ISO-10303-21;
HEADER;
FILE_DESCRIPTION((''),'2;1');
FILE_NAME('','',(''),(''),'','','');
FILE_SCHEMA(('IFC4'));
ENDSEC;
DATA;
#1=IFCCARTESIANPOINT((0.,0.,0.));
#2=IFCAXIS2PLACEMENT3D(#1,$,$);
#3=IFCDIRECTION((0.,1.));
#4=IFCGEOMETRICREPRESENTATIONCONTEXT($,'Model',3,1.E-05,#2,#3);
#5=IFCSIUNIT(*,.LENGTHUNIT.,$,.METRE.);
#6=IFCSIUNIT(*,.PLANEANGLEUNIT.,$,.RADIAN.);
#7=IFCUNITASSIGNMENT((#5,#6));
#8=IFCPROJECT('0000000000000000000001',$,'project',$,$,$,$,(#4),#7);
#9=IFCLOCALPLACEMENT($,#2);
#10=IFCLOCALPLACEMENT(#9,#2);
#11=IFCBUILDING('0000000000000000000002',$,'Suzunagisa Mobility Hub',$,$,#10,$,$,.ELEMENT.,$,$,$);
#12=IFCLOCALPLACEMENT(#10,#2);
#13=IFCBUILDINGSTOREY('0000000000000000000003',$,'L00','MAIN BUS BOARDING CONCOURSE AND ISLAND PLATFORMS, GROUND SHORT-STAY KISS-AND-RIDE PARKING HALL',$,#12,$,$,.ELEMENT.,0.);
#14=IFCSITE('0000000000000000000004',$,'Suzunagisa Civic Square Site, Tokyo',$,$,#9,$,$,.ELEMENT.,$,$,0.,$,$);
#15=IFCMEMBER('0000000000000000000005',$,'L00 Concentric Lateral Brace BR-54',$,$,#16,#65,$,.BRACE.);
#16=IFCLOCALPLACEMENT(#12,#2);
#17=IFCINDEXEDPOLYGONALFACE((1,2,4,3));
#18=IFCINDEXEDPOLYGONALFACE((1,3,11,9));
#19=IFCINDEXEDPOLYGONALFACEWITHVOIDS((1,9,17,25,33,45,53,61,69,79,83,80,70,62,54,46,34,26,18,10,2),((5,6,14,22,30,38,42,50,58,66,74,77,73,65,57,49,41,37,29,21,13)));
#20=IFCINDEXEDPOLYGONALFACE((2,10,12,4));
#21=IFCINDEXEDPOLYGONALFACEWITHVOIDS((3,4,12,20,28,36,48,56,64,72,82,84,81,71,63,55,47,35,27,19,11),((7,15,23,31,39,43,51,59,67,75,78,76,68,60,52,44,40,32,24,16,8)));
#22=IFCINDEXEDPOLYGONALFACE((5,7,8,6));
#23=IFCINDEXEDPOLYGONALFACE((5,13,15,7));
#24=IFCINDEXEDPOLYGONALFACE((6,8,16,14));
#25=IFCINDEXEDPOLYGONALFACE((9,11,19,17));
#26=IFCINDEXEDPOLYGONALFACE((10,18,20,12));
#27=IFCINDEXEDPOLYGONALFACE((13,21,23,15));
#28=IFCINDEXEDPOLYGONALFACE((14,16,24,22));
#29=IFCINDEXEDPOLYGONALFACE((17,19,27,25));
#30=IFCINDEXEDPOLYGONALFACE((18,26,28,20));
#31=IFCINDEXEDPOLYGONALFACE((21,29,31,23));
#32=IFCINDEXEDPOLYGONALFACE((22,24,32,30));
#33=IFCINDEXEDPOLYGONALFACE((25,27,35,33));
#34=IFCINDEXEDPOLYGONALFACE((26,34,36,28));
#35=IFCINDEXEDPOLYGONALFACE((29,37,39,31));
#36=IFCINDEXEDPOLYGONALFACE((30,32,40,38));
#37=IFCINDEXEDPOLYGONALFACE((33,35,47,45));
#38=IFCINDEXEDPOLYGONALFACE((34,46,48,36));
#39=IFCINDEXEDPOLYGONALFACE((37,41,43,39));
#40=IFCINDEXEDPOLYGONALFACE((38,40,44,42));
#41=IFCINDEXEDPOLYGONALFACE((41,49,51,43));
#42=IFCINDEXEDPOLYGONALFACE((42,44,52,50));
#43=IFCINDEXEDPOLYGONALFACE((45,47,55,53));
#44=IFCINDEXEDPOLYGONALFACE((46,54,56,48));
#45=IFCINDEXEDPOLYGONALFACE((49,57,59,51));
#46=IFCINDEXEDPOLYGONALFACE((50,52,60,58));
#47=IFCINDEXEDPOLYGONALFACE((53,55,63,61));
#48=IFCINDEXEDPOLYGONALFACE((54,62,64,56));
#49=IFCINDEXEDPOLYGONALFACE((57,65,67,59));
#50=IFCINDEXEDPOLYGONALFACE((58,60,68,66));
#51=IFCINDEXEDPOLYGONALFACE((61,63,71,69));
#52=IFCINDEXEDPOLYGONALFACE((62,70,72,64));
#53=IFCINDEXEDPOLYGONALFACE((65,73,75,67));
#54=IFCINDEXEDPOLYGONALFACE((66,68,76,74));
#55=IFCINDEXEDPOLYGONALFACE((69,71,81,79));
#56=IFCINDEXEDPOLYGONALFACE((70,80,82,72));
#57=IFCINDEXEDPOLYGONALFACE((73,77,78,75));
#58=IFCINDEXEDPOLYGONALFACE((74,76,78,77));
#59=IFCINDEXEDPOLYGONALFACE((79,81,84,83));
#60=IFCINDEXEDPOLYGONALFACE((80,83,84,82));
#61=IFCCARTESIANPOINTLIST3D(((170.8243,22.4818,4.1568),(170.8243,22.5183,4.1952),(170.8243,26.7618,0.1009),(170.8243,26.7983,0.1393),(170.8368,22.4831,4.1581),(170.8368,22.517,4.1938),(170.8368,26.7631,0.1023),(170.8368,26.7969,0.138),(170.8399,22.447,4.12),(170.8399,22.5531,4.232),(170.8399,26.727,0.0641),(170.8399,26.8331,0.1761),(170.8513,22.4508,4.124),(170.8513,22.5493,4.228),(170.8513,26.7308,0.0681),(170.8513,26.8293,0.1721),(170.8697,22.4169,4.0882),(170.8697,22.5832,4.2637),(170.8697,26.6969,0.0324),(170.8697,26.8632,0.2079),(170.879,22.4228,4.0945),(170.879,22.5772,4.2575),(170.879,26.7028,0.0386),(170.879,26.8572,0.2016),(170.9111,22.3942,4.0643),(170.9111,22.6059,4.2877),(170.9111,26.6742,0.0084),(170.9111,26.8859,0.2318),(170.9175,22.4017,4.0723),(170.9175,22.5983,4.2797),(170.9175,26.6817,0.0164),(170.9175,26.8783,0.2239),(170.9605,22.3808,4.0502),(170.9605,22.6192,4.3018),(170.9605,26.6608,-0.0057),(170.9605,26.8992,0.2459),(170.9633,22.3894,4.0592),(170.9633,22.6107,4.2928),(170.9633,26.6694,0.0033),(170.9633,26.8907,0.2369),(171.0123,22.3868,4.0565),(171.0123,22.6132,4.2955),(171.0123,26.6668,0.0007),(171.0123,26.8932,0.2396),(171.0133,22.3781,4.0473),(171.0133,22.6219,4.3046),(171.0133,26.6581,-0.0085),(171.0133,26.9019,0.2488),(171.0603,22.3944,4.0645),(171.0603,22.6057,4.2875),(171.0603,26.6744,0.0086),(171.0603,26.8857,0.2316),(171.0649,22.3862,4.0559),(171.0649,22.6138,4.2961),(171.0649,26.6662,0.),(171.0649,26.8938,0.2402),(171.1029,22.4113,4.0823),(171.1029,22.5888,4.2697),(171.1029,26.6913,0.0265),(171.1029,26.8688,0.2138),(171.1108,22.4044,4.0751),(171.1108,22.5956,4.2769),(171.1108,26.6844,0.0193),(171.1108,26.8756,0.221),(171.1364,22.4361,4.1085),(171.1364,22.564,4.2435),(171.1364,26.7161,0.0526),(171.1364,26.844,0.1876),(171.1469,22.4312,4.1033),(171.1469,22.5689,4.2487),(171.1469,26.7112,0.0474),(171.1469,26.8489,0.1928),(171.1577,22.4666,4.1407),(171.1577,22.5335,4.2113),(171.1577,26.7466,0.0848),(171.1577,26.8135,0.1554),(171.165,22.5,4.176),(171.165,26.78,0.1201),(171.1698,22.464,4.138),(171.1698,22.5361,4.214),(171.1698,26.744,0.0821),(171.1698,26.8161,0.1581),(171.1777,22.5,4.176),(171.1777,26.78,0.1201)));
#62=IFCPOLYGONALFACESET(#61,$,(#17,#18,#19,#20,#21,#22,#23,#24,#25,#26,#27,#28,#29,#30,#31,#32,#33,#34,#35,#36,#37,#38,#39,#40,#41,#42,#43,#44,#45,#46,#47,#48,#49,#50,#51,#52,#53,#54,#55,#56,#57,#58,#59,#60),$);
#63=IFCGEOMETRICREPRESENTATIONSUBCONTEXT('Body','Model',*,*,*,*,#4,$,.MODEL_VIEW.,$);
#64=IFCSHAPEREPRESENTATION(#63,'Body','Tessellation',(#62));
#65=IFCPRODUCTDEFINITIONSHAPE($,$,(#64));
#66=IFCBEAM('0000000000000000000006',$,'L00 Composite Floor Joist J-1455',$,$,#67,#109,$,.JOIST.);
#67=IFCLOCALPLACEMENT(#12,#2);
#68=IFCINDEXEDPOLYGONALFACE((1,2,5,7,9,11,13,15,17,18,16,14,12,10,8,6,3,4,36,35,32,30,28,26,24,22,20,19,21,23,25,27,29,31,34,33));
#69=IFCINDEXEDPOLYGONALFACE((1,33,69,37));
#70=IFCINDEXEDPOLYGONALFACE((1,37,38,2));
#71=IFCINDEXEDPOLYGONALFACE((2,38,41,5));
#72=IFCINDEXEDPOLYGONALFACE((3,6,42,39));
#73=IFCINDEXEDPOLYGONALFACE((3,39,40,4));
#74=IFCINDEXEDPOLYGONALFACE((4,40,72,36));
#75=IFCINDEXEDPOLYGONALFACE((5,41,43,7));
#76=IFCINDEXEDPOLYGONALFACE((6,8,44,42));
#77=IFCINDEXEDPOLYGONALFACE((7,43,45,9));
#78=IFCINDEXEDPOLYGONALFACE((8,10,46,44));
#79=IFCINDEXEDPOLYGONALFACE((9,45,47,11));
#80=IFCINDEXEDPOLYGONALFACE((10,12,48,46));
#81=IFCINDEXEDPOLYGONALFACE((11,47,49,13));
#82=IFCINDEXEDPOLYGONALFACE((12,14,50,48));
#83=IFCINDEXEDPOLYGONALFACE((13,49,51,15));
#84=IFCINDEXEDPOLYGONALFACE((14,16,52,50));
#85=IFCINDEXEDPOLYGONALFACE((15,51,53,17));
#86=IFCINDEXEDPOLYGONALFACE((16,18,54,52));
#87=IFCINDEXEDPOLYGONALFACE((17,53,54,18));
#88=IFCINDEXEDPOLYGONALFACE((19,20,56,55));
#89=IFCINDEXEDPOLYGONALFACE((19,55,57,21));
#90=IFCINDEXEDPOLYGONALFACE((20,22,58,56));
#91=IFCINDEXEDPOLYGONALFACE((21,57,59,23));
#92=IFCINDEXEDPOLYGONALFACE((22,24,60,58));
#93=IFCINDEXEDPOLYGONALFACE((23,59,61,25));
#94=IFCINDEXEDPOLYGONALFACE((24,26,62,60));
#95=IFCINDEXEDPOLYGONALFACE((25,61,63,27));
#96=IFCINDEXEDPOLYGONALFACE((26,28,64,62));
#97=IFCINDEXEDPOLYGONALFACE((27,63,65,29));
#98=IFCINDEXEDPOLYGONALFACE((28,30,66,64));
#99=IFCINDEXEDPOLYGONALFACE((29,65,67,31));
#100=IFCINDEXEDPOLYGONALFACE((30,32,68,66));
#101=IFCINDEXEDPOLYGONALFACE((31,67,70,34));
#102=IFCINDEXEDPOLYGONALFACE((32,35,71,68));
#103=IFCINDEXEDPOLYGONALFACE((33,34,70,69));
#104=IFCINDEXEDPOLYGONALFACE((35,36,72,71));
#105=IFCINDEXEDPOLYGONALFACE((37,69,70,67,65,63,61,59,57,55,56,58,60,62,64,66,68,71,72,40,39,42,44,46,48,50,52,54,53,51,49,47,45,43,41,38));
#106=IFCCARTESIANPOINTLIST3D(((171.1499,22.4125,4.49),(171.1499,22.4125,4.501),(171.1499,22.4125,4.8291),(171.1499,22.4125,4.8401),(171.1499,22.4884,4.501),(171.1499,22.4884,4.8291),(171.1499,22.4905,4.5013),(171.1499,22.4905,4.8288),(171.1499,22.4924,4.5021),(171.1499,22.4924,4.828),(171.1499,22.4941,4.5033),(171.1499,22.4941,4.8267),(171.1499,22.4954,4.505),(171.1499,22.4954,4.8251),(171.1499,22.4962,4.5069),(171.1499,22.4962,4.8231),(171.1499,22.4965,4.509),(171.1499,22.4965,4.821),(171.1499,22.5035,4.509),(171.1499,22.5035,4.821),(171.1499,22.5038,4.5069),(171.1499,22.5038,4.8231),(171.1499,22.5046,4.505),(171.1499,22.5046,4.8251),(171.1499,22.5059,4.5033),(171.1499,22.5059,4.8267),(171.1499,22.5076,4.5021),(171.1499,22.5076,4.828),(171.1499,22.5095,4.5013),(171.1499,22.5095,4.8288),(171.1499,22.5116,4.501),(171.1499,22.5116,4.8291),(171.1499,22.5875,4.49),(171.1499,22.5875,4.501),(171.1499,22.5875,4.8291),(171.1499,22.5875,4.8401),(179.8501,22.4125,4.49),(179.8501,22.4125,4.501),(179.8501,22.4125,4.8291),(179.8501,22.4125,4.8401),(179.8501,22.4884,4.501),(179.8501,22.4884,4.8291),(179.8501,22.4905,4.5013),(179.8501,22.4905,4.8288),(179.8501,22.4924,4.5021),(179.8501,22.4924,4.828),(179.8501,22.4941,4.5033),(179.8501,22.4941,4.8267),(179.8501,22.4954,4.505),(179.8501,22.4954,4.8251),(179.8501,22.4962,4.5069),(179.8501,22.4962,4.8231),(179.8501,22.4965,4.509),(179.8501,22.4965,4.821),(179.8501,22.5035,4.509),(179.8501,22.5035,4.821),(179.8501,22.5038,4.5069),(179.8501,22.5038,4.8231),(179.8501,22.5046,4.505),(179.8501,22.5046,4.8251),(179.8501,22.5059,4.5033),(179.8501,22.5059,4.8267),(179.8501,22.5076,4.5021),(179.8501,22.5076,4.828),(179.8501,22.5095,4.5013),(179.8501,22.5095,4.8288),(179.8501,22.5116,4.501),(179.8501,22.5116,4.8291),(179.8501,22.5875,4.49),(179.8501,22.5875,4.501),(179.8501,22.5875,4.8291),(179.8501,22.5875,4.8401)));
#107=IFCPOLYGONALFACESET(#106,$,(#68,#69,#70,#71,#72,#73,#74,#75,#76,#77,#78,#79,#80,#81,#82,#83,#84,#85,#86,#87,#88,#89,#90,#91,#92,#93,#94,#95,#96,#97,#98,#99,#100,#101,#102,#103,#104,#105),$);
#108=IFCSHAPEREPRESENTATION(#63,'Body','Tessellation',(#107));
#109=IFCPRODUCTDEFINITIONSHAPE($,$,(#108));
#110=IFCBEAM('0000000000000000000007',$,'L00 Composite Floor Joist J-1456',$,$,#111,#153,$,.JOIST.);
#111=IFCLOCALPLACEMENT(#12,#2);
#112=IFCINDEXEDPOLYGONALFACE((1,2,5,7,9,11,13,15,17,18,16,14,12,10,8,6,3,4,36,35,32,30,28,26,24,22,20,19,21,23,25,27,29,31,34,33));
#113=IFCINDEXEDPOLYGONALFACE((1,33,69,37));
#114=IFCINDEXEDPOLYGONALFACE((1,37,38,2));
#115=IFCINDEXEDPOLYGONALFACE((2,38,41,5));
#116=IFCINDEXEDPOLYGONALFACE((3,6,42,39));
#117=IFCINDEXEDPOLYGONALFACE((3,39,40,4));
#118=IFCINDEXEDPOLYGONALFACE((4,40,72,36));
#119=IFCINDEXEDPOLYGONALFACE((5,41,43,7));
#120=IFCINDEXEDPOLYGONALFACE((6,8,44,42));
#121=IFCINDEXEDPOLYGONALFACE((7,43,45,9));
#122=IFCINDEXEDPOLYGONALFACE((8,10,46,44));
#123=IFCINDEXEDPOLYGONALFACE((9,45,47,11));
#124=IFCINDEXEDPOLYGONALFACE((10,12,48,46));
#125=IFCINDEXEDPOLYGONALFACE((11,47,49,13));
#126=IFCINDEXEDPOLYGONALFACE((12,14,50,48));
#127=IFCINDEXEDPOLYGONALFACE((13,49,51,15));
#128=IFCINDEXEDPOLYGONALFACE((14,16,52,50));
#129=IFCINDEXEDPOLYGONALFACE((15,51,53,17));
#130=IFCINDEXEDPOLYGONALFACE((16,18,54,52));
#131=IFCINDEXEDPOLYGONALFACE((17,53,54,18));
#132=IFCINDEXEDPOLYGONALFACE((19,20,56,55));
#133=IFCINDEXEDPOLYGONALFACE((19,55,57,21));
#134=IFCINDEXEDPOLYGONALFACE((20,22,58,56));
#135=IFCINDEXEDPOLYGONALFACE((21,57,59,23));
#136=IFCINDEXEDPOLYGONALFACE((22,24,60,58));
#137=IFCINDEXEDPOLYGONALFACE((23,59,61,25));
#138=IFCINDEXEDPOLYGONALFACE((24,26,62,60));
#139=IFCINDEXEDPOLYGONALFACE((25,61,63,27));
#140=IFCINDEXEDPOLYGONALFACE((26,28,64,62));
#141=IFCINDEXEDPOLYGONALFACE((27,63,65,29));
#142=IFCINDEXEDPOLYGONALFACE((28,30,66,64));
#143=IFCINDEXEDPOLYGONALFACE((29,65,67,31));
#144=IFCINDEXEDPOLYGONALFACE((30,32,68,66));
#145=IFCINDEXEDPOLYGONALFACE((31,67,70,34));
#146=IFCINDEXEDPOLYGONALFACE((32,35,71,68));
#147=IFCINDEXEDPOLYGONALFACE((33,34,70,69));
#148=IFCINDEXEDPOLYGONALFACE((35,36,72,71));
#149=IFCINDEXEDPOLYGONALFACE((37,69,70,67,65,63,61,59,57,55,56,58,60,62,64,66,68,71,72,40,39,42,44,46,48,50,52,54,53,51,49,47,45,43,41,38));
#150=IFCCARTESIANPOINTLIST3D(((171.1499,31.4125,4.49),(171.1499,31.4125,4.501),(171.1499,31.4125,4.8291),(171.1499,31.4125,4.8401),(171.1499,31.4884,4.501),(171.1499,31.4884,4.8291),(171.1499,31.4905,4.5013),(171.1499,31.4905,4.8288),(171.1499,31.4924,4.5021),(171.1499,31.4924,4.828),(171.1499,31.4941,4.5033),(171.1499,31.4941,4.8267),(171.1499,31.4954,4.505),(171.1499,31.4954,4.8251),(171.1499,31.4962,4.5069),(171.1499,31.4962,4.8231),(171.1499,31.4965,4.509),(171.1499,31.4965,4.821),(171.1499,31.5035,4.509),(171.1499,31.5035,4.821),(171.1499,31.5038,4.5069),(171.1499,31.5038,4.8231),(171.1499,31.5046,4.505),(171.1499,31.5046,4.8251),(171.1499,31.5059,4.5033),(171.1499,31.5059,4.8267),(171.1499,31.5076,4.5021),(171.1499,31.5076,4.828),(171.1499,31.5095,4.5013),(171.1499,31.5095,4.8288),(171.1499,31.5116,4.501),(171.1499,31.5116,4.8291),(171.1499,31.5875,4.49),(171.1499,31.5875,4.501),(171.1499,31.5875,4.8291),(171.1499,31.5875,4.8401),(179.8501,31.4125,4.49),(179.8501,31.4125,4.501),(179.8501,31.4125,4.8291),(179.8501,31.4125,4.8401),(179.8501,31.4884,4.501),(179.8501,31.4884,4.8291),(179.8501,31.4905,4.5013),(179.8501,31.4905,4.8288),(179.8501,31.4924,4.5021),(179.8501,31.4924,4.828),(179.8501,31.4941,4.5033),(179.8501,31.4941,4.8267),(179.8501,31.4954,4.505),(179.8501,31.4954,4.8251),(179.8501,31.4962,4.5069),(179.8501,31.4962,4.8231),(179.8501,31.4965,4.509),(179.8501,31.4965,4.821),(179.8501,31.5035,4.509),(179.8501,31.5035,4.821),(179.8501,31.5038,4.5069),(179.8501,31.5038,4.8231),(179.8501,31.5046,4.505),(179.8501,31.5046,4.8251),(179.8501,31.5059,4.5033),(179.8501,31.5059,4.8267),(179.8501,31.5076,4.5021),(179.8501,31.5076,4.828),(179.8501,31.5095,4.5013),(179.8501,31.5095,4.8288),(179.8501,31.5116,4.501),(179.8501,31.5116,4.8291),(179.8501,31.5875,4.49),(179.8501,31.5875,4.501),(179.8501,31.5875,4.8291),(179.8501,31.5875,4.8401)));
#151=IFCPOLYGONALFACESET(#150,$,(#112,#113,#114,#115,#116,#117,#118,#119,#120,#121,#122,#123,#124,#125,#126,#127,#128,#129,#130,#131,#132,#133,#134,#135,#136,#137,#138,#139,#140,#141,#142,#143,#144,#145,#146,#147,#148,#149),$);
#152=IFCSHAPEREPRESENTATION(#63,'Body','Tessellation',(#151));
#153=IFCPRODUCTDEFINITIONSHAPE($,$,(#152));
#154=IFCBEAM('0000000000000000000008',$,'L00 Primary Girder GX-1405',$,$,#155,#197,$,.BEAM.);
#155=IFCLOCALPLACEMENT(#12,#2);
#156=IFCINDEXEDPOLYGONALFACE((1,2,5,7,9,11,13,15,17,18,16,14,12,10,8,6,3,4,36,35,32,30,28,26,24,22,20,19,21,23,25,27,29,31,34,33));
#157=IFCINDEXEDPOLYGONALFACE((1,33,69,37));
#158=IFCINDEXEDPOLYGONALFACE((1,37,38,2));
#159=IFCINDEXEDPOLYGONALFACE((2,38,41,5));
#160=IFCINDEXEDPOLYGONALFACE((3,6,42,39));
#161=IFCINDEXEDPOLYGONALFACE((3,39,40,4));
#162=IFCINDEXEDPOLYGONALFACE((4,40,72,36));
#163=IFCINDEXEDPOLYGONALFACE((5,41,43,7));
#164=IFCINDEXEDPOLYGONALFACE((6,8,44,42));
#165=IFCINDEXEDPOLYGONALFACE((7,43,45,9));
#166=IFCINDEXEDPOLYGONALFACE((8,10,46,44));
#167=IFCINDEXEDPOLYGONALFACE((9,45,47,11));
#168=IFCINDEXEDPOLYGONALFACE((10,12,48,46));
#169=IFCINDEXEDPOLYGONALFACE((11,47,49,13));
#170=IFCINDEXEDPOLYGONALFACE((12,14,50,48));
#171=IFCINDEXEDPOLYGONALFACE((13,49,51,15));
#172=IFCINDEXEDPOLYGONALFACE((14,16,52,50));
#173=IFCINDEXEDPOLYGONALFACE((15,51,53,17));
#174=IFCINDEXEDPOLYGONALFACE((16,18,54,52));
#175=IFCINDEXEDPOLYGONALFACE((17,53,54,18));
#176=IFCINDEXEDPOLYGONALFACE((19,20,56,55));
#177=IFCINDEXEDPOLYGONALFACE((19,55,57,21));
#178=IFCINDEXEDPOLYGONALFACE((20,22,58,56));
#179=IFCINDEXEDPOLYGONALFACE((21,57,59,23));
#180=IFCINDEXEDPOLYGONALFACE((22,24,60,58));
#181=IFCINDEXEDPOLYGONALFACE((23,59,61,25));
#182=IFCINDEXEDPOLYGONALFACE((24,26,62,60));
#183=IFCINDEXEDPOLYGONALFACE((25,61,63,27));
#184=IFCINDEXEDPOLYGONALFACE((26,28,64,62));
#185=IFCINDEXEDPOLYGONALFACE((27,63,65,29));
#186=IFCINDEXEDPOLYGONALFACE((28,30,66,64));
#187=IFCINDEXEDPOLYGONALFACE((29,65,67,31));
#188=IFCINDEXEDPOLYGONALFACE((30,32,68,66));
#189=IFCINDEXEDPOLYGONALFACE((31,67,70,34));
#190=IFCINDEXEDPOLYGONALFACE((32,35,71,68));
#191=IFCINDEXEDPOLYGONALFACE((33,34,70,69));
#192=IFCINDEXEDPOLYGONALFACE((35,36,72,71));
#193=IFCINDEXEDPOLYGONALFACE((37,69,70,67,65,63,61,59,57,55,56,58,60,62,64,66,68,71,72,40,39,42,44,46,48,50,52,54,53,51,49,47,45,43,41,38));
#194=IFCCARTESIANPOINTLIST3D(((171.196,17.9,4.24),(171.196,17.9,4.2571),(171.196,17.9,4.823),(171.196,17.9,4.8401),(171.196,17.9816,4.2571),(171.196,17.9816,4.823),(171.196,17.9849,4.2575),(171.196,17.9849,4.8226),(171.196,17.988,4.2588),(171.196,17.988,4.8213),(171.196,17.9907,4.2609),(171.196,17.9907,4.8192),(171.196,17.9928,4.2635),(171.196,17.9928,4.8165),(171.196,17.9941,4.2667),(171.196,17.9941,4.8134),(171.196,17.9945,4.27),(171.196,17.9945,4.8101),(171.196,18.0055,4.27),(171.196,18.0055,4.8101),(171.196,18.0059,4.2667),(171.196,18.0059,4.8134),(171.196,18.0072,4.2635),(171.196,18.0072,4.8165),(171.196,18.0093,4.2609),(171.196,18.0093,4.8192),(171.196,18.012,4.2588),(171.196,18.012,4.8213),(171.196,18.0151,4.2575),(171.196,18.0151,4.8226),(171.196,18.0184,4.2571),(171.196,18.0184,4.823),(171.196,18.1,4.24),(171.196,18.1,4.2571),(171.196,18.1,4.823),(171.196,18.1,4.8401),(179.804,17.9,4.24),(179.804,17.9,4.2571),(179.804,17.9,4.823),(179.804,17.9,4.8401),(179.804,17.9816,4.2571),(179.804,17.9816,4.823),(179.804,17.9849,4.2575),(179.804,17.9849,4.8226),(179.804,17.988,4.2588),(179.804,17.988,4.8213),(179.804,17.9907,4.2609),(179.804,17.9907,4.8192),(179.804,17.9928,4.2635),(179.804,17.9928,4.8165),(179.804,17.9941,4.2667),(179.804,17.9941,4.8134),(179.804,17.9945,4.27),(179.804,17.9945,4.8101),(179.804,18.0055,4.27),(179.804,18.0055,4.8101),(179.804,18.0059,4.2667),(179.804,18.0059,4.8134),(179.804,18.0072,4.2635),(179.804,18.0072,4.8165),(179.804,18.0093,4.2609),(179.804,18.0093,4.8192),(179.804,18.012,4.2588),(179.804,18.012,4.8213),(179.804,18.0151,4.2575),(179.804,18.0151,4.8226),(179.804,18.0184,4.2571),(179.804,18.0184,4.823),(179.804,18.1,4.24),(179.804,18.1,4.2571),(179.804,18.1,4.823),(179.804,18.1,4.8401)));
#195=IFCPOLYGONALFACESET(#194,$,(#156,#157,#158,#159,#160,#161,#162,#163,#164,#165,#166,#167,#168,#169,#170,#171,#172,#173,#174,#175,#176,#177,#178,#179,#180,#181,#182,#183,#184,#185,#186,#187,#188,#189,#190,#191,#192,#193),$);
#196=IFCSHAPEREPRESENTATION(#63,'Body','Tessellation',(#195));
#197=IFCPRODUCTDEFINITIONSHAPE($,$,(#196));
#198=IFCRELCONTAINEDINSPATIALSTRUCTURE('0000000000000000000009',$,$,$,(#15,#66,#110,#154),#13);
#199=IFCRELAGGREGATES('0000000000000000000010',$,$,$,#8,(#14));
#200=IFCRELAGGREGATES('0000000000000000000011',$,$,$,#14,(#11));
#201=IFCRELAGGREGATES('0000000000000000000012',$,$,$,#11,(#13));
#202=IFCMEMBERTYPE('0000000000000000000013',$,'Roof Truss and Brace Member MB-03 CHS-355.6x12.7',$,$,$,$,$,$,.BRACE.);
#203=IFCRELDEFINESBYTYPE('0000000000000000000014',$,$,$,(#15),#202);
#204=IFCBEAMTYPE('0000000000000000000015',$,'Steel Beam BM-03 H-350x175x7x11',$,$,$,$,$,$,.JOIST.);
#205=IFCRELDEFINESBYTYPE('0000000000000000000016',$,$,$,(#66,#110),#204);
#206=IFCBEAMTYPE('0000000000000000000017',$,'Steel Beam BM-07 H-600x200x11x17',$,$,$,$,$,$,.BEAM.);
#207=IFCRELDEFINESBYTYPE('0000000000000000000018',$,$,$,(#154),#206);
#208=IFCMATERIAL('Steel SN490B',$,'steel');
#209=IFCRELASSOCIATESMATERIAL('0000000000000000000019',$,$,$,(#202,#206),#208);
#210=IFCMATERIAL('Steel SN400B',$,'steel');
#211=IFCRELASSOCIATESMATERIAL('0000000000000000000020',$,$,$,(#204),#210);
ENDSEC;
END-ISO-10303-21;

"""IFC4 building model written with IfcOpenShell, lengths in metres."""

from ifc_helpers import new_model, si_unit, direction, frame, origin, origin_2d, place, context, subcontext, project, spatial, hollow_circle, i_section, extrude, material, material_profile, profile_set, type_object, element, save


model = new_model("IFC4")

# Units and contexts
model_context = context("Model", 3, precision=1e-05, world=origin(), true_north=direction((0.0, 1.0)))
body_context = subcontext(model_context, "Body", "Model", "MODEL_VIEW")
ifc_project = project(units=[si_unit("LENGTHUNIT", "METRE"), si_unit("PLANEANGLEUNIT", "RADIAN")], contexts=[model_context])

# Site, building, storey
site_placement = place(None, origin())
site = spatial("IfcSite", under=ifc_project, at=site_placement, Name="Suzunagisa Civic Square Site, Tokyo", CompositionType="ELEMENT", RefElevation=0.0)
building_placement = place(site_placement, origin())
building = spatial("IfcBuilding", under=site, at=building_placement, Name="Suzunagisa Mobility Hub", CompositionType="ELEMENT")
storey_placement = place(building_placement, origin())
storey = spatial("IfcBuildingStorey", under=building, at=storey_placement, Name="L00", Description="MAIN BUS BOARDING CONCOURSE AND ISLAND PLATFORMS, GROUND SHORT-STAY KISS-AND-RIDE PARKING HALL", CompositionType="ELEMENT", Elevation=0.0)

# Shared definitions
ifc_material_1 = material(Name="Steel SN490B", Category="steel")

# Member
ifc_material_profile_1 = material_profile(ifc_material_1, hollow_circle(Radius=0.1777, WallThickness=0.0127, at=origin_2d()), Name="CHS-355.6x12.7")
ifc_profile_set_1 = profile_set([ifc_material_profile_1], Name="Steel SN490B")
member_type_1 = type_object("IfcMemberType", Name="Roof Truss and Brace Member MB-03 CHS-355.6x12.7", PredefinedType="BRACE", material=ifc_profile_set_1)
member_1_placement = place(storey_placement, frame((171.0, 26.78, 0.1201), z_axis=(0.0, -0.725856, 0.687847), x_axis=(1.0, 0.0, 0.0)))
element("IfcMember", 1, at=member_1_placement, inside=storey, type_object=member_type_1, Name="L00 Concentric Lateral Brace BR-54", PredefinedType="BRACE", context=body_context, shape_type="SweptSolid", body=[
    extrude(hollow_circle(Radius=0.1777, WallThickness=0.0127, at=origin_2d()), origin(), (0.0, 0.0, 1.0), 5.8965),
])

# Beams
ifc_material_2 = material(Name="Steel SN400B", Category="steel")
ifc_material_profile_2 = material_profile(ifc_material_2, i_section(OverallWidth=0.175, OverallDepth=0.3501, WebThickness=0.0071, FlangeThickness=0.011, FilletRadius=0.0081, at=origin_2d()), Name="H-350x175x7x11")
ifc_profile_set_2 = profile_set([ifc_material_profile_2], Name="Steel SN400B")
beam_type_1 = type_object("IfcBeamType", Name="Steel Beam BM-03 H-350x175x7x11", PredefinedType="JOIST", material=ifc_profile_set_2)
for number, where, z_axis, x_axis, name in (
    (2, (171.1499, 22.5, 4.665), (1.0, 0.0, 0.0), (0.0, 1.0, 0.0), "L00 Composite Floor Joist J-1455"),
    (3, (171.1499, 31.5, 4.665), (1.0, 0.0, 0.0), (0.0, 1.0, 0.0), "L00 Composite Floor Joist J-1456"),
):
    element("IfcBeam", number, at=place(storey_placement, frame(where, z_axis=z_axis, x_axis=x_axis)), inside=storey, type_object=beam_type_1, Name=name, PredefinedType="JOIST", context=body_context, shape_type="SweptSolid", body=[
        extrude(i_section(OverallWidth=0.175, OverallDepth=0.3501, WebThickness=0.0071, FlangeThickness=0.011, FilletRadius=0.0081, at=origin_2d()), origin(), (0.0, 0.0, 1.0), 8.7002),
    ])
ifc_material_profile_3 = material_profile(ifc_material_1, i_section(OverallWidth=0.2, OverallDepth=0.6001, WebThickness=0.011, FlangeThickness=0.0171, FilletRadius=0.0129, at=origin_2d()), Name="H-600x200x11x17")
ifc_profile_set_3 = profile_set([ifc_material_profile_3], Name="Steel SN490B")
beam_type_2 = type_object("IfcBeamType", Name="Steel Beam BM-07 H-600x200x11x17", PredefinedType="BEAM", material=ifc_profile_set_3)
for number, where, z_axis, x_axis, name in (
    (4, (171.196, 18.0, 4.54), (1.0, 0.0, 0.0), (0.0, 1.0, 0.0), "L00 Primary Girder GX-1405"),
):
    element("IfcBeam", number, at=place(storey_placement, frame(where, z_axis=z_axis, x_axis=x_axis)), inside=storey, type_object=beam_type_2, Name=name, PredefinedType="BEAM", context=body_context, shape_type="SweptSolid", body=[
        extrude(i_section(OverallWidth=0.2, OverallDepth=0.6001, WebThickness=0.011, FlangeThickness=0.0171, FilletRadius=0.0129, at=origin_2d()), origin(), (0.0, 0.0, 1.0), 8.6079),
    ])

save(model, "model.ifc")
